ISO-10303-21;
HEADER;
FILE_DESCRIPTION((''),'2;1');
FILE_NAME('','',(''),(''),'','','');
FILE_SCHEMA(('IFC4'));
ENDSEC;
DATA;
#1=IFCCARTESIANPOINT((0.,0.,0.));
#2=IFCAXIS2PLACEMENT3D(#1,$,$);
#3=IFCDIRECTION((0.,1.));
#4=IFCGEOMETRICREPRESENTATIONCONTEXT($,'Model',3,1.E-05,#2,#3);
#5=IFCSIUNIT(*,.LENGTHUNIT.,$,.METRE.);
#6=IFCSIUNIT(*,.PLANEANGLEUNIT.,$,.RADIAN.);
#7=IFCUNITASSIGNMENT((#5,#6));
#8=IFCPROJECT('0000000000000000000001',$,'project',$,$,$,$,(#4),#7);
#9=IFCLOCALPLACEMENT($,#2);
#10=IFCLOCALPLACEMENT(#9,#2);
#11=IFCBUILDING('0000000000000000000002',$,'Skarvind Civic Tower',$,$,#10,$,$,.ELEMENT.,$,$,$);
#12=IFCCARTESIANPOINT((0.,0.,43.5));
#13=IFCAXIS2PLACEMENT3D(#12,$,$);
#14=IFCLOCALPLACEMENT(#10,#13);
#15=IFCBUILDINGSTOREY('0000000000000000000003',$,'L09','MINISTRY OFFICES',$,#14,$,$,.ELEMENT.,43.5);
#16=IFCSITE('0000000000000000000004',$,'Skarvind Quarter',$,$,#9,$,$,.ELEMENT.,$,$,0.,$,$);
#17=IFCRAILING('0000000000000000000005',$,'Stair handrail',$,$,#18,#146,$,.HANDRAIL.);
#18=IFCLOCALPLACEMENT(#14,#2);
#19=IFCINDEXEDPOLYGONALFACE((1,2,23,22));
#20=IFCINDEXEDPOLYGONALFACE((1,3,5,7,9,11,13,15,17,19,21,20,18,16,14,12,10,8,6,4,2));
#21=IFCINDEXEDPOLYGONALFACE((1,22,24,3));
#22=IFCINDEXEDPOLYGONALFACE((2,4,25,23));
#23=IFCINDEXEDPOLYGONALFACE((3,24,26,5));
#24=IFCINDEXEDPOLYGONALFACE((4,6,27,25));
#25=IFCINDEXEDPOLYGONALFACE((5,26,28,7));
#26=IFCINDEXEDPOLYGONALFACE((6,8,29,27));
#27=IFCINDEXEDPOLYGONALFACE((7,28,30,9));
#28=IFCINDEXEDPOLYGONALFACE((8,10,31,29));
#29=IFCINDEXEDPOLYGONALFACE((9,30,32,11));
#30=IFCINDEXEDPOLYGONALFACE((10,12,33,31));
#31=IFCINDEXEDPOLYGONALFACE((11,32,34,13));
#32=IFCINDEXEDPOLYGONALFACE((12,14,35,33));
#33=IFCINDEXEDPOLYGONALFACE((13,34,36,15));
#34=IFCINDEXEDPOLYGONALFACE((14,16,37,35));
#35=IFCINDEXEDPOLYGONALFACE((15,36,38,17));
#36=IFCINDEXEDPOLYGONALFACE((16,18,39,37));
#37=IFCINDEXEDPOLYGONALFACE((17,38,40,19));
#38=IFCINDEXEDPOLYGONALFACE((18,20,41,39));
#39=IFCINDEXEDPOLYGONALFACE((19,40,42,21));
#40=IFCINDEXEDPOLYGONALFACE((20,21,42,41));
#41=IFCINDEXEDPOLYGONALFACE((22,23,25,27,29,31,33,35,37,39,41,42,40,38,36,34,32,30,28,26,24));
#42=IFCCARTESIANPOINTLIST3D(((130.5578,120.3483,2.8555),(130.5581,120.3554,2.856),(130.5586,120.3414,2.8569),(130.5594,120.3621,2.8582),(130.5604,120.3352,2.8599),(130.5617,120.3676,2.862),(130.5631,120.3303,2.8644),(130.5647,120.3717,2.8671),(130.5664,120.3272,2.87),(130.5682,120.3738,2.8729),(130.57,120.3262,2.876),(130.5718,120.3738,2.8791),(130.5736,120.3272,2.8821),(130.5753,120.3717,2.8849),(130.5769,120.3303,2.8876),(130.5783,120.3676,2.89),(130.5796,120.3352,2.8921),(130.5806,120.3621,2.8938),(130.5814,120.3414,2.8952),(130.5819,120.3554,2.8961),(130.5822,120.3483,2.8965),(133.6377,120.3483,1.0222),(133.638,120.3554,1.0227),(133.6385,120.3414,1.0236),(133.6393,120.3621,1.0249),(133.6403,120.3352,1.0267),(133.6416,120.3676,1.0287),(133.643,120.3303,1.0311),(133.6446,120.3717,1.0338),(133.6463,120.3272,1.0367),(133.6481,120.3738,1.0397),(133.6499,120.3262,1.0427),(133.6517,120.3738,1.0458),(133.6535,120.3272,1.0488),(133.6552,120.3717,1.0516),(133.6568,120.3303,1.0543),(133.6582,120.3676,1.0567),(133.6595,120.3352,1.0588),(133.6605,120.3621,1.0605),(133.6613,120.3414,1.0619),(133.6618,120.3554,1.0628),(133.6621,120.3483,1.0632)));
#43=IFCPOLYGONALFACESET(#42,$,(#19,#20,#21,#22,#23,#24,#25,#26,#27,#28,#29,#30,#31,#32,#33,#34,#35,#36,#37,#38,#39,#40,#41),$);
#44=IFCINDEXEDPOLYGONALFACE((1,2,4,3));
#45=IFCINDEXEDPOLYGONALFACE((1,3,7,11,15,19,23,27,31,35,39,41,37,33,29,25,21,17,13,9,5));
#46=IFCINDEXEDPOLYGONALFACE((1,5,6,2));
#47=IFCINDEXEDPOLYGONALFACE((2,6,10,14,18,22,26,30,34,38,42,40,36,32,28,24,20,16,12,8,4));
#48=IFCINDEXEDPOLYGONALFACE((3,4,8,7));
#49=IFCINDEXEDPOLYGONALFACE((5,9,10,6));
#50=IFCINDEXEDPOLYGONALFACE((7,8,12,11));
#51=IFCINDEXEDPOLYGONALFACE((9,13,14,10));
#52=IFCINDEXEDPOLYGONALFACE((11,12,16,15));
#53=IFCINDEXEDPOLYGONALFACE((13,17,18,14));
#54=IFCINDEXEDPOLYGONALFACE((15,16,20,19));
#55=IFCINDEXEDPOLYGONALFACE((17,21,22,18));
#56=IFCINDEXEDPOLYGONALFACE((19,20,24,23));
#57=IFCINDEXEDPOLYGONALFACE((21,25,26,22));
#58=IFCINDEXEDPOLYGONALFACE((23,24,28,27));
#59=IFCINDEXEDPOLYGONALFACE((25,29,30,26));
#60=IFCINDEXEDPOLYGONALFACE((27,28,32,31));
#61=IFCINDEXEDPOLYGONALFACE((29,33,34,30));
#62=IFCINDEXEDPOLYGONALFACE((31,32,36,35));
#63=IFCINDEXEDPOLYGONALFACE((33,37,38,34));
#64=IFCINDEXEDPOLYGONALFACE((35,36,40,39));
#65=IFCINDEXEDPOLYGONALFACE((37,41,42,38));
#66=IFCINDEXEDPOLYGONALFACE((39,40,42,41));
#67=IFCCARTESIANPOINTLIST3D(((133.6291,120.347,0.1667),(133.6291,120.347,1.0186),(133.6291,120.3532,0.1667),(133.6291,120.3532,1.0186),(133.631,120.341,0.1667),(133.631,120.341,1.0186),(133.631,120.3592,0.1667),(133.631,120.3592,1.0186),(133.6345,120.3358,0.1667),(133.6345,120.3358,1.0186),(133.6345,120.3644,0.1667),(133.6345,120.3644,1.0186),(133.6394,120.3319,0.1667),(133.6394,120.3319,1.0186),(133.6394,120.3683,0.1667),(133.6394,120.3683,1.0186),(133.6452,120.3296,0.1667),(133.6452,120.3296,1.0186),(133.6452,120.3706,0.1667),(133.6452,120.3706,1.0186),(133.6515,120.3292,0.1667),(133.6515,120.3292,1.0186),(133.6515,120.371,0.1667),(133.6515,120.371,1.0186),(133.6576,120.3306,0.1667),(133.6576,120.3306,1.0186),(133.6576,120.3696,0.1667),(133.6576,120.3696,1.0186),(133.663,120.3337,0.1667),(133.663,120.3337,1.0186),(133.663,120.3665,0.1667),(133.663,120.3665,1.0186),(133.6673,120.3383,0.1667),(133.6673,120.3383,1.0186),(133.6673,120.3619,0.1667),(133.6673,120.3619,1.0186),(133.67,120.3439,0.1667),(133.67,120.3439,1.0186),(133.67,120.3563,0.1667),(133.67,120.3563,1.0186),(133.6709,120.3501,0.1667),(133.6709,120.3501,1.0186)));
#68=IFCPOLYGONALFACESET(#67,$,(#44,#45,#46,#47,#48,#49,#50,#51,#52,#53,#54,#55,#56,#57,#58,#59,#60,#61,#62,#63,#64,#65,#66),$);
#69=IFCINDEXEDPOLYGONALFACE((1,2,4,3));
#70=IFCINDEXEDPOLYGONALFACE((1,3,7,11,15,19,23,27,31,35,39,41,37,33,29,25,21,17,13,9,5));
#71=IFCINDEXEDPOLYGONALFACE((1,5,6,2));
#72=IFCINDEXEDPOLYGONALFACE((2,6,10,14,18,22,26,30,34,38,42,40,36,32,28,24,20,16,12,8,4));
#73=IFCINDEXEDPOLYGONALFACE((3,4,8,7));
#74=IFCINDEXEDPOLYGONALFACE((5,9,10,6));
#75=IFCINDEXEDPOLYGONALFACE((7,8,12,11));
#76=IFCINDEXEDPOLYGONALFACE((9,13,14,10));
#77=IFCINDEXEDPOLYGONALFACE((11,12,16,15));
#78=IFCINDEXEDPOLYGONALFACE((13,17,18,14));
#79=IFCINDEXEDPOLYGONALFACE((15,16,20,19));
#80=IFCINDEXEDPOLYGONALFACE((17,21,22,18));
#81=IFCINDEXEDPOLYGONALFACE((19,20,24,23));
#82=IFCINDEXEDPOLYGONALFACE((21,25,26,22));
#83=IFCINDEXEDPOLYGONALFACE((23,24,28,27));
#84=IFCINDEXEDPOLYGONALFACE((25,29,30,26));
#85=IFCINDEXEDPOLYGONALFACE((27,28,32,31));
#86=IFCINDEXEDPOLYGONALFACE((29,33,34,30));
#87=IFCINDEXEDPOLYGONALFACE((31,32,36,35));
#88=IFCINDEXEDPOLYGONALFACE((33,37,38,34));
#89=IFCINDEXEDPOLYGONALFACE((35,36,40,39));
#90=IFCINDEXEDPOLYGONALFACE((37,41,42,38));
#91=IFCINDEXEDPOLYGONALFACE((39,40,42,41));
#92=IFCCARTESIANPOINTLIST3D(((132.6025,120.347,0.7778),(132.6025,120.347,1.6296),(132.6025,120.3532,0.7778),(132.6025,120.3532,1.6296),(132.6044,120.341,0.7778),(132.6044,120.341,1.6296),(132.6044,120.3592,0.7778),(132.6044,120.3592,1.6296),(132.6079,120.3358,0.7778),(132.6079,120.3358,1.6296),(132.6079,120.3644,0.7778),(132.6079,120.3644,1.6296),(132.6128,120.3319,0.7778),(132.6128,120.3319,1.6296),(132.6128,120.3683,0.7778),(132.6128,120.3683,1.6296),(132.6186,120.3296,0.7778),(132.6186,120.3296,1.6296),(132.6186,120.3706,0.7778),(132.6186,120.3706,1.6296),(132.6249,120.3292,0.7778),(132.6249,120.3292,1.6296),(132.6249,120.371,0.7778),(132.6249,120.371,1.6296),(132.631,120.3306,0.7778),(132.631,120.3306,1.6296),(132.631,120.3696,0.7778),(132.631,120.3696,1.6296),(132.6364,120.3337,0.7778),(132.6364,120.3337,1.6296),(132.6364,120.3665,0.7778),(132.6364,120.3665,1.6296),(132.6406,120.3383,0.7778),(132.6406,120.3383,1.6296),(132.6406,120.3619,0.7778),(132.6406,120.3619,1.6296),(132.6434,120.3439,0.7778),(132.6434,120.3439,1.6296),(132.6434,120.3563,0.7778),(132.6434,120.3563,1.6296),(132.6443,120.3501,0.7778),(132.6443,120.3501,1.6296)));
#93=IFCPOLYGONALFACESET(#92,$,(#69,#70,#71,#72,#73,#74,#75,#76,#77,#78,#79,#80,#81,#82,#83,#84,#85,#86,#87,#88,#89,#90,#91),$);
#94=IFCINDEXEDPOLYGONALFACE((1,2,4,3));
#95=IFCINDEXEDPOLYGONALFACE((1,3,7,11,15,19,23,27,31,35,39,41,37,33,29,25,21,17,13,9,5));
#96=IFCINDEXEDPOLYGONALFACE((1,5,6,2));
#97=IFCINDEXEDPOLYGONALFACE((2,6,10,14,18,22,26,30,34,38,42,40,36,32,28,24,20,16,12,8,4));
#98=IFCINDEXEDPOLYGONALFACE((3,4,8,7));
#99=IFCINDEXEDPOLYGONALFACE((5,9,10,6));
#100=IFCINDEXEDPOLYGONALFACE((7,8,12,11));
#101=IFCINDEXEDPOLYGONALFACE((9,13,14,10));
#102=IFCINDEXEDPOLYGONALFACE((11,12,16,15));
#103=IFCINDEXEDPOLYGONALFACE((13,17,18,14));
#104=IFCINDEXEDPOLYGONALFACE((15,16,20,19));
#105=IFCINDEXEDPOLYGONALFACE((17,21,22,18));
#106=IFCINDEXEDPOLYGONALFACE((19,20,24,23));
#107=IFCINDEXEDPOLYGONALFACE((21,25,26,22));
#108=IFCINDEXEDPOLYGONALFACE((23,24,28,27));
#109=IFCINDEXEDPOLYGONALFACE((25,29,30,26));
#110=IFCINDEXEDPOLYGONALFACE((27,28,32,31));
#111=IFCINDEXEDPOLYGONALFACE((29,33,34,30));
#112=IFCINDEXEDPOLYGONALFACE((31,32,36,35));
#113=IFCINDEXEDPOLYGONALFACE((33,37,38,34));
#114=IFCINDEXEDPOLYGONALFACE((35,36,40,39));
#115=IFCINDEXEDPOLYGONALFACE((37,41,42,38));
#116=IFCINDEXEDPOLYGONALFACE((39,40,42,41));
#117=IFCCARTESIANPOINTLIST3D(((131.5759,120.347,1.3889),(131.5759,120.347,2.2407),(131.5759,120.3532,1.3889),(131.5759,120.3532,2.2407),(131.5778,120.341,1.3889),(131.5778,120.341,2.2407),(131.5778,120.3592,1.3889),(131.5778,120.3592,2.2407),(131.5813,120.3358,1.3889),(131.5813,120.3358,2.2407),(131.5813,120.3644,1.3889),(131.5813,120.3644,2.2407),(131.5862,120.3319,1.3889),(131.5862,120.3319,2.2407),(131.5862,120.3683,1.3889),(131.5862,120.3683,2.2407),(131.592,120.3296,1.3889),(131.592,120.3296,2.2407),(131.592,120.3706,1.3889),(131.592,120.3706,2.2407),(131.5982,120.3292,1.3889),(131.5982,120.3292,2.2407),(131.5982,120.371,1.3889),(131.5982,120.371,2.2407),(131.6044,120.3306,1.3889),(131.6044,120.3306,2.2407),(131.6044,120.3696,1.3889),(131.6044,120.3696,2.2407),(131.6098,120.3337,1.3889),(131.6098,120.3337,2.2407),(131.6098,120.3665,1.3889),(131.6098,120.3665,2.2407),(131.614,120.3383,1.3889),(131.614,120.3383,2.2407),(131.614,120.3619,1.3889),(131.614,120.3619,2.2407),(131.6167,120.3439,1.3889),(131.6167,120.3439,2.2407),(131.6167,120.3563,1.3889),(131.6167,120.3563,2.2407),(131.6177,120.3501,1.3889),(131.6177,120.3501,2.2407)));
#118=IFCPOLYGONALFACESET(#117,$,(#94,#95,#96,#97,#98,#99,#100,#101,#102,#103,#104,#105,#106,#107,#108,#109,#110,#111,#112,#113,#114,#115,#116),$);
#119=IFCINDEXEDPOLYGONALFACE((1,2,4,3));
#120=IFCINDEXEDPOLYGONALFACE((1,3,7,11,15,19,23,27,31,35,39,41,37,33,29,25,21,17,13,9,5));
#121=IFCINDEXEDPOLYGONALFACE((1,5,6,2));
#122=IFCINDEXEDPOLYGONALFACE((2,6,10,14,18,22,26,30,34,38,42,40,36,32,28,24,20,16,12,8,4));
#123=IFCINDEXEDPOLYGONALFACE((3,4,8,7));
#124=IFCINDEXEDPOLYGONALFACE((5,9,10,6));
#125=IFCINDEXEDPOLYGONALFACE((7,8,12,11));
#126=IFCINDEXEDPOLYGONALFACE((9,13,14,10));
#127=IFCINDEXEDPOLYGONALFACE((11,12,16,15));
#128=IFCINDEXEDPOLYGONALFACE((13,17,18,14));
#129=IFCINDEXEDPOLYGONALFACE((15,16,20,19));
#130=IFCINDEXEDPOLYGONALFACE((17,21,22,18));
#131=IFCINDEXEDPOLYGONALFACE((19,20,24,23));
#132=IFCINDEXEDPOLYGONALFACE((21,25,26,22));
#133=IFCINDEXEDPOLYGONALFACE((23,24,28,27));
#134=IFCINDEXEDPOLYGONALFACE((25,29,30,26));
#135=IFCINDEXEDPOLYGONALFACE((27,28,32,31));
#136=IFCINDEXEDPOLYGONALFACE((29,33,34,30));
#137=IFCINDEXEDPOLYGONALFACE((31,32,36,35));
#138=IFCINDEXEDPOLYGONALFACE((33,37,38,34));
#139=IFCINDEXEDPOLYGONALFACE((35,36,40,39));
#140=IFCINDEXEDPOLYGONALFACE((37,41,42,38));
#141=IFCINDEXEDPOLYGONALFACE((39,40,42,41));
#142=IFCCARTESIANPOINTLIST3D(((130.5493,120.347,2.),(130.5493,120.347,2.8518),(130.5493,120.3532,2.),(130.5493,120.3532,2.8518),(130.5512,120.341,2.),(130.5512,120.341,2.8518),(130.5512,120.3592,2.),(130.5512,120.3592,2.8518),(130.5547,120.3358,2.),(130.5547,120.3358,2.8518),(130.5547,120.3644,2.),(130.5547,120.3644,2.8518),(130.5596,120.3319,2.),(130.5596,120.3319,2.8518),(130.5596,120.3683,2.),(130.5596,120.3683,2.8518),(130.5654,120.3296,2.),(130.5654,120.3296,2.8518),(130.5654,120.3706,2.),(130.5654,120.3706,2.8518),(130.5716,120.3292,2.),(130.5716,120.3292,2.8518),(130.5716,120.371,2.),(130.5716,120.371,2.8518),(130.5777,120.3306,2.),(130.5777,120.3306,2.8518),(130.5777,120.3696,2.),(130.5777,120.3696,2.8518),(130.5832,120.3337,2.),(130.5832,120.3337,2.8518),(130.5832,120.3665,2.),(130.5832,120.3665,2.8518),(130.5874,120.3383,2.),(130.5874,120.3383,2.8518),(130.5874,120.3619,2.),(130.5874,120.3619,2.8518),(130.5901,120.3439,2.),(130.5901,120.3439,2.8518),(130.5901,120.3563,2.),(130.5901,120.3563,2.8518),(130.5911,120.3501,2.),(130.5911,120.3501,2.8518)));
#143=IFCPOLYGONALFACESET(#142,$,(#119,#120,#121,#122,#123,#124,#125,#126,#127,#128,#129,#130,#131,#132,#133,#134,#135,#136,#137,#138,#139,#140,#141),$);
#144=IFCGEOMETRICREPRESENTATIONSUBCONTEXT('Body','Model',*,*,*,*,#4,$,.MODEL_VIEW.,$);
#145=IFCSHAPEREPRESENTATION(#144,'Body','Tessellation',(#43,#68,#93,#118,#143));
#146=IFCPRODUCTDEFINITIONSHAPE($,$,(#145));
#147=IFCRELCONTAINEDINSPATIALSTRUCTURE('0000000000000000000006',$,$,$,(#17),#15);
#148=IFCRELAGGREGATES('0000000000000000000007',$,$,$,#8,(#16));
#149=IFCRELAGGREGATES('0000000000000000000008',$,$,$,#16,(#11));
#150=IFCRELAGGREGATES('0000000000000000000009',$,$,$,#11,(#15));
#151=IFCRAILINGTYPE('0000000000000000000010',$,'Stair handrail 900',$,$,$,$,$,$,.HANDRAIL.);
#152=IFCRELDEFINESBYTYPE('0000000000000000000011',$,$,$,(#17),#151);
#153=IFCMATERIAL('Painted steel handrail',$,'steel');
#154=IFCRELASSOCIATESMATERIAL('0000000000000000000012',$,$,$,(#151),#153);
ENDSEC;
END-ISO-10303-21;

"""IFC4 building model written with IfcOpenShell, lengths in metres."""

from ifc_helpers import new_model, si_unit, direction, frame, origin, origin_2d, place, context, subcontext, project, spatial, circle, extrude, material, type_object, element, save


model = new_model("IFC4")

# Units and contexts
model_context = context("Model", 3, precision=1e-05, world=origin(), true_north=direction((0.0, 1.0)))
body_context = subcontext(model_context, "Body", "Model", "MODEL_VIEW")
ifc_project = project(units=[si_unit("LENGTHUNIT", "METRE"), si_unit("PLANEANGLEUNIT", "RADIAN")], contexts=[model_context])

# Site, building, storey
site_placement = place(None, origin())
site = spatial("IfcSite", under=ifc_project, at=site_placement, Name="Skarvind Quarter", CompositionType="ELEMENT", RefElevation=0.0)
building_placement = place(site_placement, origin())
building = spatial("IfcBuilding", under=site, at=building_placement, Name="Skarvind Civic Tower", CompositionType="ELEMENT")
storey_placement = place(building_placement, frame((0.0, 0.0, 43.5)))
storey = spatial("IfcBuildingStorey", under=building, at=storey_placement, Name="L09", Description="MINISTRY OFFICES", CompositionType="ELEMENT", Elevation=43.5)

# Railing
ifc_material_1 = material(Name="Painted steel handrail", Category="steel")
railing_type = type_object("IfcRailingType", Name="Stair handrail 900", PredefinedType="HANDRAIL", material=ifc_material_1)
railing_placement = place(storey_placement, frame((133.6499, 120.3501, 0.1667)))
element("IfcRailing", 1, at=railing_placement, inside=storey, type_object=railing_type, Name="Stair handrail", PredefinedType="HANDRAIL", context=body_context, shape_type="SweptSolid", body=[
    extrude(circle(Radius=0.0239, at=origin_2d()), frame((0.0, 0.0, 0.876), z_axis=(-0.859291, 0.0, 0.511487), x_axis=(0.0, -1.0, 0.0)), (0.0, 0.0, 1.0), 3.5842),
    extrude(circle(Radius=0.021, at=origin_2d()), origin(), (0.0, 0.0, 1.0), 0.8518),
    extrude(circle(Radius=0.021, at=origin_2d()), frame((-1.0266, 0.0, 0.6111)), (0.0, 0.0, 1.0), 0.8518),
    extrude(circle(Radius=0.021, at=origin_2d()), frame((-2.0532, 0.0, 1.2222)), (0.0, 0.0, 1.0), 0.8518),
    extrude(circle(Radius=0.021, at=origin_2d()), frame((-3.0798, 0.0, 1.8333)), (0.0, 0.0, 1.0), 0.8518),
])

save(model, "model.ifc")
